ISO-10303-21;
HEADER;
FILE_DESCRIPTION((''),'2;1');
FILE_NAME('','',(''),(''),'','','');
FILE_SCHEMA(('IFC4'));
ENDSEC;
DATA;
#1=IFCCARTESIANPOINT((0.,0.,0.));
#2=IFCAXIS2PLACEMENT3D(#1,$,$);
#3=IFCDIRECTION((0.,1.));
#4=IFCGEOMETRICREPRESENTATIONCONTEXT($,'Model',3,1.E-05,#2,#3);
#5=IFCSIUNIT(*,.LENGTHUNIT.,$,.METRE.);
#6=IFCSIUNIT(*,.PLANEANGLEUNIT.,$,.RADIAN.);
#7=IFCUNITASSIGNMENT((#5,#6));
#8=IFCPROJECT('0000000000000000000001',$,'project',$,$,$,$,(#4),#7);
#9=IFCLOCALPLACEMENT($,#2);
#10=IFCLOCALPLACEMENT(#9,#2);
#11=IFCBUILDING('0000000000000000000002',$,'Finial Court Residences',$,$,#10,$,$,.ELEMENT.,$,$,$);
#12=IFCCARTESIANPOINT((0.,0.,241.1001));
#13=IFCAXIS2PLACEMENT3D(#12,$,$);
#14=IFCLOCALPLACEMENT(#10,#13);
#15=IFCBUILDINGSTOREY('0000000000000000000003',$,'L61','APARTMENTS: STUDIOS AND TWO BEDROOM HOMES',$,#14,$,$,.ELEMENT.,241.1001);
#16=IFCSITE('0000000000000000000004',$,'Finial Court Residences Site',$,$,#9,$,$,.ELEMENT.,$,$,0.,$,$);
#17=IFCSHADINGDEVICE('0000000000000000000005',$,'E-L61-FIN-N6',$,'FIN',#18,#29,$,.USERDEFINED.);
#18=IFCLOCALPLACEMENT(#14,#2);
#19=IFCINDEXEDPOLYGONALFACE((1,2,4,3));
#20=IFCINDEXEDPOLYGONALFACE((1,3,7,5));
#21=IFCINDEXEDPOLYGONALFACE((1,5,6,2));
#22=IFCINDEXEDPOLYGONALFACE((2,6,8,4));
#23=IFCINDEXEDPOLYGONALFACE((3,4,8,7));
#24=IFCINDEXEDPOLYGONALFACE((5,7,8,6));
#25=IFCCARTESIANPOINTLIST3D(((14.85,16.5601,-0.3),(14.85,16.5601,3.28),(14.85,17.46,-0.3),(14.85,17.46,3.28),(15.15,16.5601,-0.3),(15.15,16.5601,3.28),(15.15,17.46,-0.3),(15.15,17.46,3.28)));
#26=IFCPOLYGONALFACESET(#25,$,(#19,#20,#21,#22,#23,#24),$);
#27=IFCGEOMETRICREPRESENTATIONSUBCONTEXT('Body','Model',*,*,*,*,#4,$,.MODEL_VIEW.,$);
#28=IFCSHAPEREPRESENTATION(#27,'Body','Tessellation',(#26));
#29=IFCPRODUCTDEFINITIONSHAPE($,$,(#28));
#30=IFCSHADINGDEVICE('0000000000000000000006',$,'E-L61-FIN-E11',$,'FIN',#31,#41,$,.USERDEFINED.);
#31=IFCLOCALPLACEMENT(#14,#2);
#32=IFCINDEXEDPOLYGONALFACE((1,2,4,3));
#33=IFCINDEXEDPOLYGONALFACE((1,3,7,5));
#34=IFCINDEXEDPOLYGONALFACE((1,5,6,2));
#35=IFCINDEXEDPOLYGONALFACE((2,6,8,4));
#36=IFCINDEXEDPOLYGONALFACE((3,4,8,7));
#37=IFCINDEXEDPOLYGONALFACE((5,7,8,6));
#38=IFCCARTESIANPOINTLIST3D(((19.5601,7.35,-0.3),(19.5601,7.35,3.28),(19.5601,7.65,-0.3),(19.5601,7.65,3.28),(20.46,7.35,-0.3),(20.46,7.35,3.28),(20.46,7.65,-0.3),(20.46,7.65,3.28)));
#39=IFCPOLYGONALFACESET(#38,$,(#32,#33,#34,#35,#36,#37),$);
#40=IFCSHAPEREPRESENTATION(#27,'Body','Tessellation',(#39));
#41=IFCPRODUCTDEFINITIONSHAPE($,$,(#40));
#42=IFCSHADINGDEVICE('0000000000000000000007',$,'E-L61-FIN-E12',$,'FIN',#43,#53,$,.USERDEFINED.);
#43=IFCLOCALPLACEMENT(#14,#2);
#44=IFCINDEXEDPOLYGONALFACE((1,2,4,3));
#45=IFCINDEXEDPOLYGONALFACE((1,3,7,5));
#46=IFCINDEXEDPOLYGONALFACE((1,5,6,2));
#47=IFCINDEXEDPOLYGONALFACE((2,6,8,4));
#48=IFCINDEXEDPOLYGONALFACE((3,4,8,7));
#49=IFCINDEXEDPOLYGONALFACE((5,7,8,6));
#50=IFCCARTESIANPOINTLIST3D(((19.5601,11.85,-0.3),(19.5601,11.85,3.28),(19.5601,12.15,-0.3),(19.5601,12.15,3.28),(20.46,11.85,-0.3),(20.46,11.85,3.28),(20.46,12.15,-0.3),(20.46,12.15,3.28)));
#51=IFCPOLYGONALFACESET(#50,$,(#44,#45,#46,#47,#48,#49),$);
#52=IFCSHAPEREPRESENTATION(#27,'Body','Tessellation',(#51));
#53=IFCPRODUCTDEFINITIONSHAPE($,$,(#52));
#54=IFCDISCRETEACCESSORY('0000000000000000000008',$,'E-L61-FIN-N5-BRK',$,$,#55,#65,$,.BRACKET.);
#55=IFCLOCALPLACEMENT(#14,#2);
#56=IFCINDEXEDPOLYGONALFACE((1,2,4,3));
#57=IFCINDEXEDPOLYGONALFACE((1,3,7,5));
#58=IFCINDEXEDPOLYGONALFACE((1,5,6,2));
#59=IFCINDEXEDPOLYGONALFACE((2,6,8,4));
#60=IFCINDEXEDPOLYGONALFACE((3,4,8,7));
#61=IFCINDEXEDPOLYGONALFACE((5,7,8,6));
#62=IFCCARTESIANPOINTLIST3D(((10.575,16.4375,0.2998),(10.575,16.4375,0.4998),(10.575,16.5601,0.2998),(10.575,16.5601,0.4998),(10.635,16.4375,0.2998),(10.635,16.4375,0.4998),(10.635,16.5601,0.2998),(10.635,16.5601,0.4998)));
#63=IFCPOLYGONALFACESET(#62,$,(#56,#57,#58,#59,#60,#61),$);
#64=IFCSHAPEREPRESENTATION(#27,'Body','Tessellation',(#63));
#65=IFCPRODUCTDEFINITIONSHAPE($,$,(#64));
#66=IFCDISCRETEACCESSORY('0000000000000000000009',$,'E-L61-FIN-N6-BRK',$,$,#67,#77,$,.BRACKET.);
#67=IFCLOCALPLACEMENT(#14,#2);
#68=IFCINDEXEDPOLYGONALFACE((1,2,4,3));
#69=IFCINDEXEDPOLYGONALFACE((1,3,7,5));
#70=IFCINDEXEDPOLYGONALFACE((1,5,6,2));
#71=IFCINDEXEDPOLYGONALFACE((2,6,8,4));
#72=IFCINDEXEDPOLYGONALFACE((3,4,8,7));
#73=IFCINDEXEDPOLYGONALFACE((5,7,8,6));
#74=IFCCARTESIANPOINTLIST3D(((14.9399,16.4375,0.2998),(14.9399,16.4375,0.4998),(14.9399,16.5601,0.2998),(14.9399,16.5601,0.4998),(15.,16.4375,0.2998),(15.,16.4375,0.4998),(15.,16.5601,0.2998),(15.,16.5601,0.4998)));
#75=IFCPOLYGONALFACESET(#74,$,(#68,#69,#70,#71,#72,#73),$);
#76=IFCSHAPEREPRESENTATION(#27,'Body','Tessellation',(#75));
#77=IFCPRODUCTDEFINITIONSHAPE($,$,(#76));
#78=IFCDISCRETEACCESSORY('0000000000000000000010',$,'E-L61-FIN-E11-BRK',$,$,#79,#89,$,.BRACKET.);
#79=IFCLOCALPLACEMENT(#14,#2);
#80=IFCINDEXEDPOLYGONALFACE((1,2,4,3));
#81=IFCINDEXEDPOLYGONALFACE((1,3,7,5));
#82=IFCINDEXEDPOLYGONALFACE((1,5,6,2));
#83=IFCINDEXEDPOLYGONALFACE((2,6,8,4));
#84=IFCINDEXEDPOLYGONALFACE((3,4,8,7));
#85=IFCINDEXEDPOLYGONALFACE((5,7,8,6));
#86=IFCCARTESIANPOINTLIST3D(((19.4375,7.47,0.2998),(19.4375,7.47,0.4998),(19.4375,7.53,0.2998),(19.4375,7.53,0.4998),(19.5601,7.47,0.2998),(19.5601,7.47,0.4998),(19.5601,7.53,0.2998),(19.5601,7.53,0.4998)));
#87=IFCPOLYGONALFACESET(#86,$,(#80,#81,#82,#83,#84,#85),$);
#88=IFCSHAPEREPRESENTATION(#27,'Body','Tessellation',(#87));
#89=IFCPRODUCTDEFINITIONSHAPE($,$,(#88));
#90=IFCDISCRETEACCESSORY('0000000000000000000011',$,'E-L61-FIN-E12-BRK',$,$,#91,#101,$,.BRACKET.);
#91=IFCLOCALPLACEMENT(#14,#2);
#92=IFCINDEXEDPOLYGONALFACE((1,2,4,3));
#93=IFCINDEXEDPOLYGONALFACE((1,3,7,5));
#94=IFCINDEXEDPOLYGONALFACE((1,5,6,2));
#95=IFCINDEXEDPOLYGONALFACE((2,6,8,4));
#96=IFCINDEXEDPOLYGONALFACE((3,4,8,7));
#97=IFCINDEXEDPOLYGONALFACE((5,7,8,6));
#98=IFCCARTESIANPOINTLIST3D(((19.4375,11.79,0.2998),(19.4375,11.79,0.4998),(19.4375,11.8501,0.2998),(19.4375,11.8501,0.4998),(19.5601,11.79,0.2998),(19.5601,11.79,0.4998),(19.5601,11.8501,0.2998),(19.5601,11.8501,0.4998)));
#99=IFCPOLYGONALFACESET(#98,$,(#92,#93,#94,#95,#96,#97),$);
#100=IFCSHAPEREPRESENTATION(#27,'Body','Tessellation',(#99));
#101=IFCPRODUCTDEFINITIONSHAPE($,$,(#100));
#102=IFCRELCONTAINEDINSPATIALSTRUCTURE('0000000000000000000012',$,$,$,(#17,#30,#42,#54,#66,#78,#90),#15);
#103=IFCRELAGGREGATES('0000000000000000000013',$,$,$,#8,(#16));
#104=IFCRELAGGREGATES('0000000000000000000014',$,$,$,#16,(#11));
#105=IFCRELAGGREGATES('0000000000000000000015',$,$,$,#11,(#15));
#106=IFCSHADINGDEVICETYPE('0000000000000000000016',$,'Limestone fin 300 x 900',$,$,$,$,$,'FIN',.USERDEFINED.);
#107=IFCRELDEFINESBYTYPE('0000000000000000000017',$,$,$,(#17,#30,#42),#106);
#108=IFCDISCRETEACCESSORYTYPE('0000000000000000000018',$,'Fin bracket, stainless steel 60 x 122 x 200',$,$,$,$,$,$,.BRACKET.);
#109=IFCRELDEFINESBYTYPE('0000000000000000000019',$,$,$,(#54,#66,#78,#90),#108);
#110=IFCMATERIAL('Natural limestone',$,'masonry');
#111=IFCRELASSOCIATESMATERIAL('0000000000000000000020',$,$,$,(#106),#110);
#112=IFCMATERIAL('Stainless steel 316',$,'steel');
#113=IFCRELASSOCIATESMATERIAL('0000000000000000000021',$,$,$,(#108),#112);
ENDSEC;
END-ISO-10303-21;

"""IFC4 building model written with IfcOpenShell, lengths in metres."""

from ifc_helpers import new_model, si_unit, direction, frame, origin, origin_2d, place, context, subcontext, project, spatial, rectangle, extrude, material, type_object, element, save


model = new_model("IFC4")

# Units and contexts
model_context = context("Model", 3, precision=1e-05, world=origin(), true_north=direction((0.0, 1.0)))
body_context = subcontext(model_context, "Body", "Model", "MODEL_VIEW")
ifc_project = project(units=[si_unit("LENGTHUNIT", "METRE"), si_unit("PLANEANGLEUNIT", "RADIAN")], contexts=[model_context])

# Site, building, storey
site_placement = place(None, origin())
site = spatial("IfcSite", under=ifc_project, at=site_placement, Name="Finial Court Residences Site", CompositionType="ELEMENT", RefElevation=0.0)
building_placement = place(site_placement, origin())
building = spatial("IfcBuilding", under=site, at=building_placement, Name="Finial Court Residences", CompositionType="ELEMENT")
storey_placement = place(building_placement, frame((0.0, 0.0, 241.1001)))
storey = spatial("IfcBuildingStorey", under=building, at=storey_placement, Name="L61", Description="APARTMENTS: STUDIOS AND TWO BEDROOM HOMES", CompositionType="ELEMENT", Elevation=241.1001)

# Shared definitions
ifc_material_1 = material(Name="Natural limestone", Category="masonry")

# Shading devices
shading_device_type = type_object("IfcShadingDeviceType", Name="Limestone fin 300 x 900", ElementType="FIN", PredefinedType="USERDEFINED", material=ifc_material_1)
shading_device_placement = place(storey_placement, frame((15.0, 17.01, -0.3), z_axis=(0.0, 0.0, 1.0), x_axis=(1.0, 0.0, 0.0)))
element("IfcShadingDevice", 1, at=shading_device_placement, inside=storey, type_object=shading_device_type, Name="E-L61-FIN-N6", ObjectType="FIN", PredefinedType="USERDEFINED", context=body_context, shape_type="SweptSolid", body=[
    extrude(rectangle(XDim=0.3, YDim=0.8999, at=origin_2d()), origin(), (0.0, 0.0, 1.0), 3.5801),
])
for number, where, z_axis, x_axis, name in (
    (2, (20.01, 7.5, -0.3), (0.0, 0.0, 1.0), (1.0, 0.0, 0.0), "E-L61-FIN-E11"),
    (3, (20.01, 12.0, -0.3), (0.0, 0.0, 1.0), (1.0, 0.0, 0.0), "E-L61-FIN-E12"),
):
    element("IfcShadingDevice", number, at=place(storey_placement, frame(where, z_axis=z_axis, x_axis=x_axis)), inside=storey, type_object=shading_device_type, Name=name, ObjectType="FIN", PredefinedType="USERDEFINED", context=body_context, shape_type="SweptSolid", body=[
        extrude(rectangle(XDim=0.8999, YDim=0.3, at=origin_2d()), origin(), (0.0, 0.0, 1.0), 3.5801),
    ])

# Discrete accessories
ifc_material_2 = material(Name="Stainless steel 316", Category="steel")
discrete_accessory_type = type_object("IfcDiscreteAccessoryType", Name="Fin bracket, stainless steel 60 x 122 x 200", PredefinedType="BRACKET", material=ifc_material_2)
for number, where, z_axis, x_axis, name in (
    (4, (10.605, 16.4988, 0.2998), (0.0, 0.0, 1.0), (1.0, 0.0, 0.0), "E-L61-FIN-N5-BRK"),
    (5, (14.97, 16.4988, 0.2998), (0.0, 0.0, 1.0), (1.0, 0.0, 0.0), "E-L61-FIN-N6-BRK"),
):
    element("IfcDiscreteAccessory", number, at=place(storey_placement, frame(where, z_axis=z_axis, x_axis=x_axis)), inside=storey, type_object=discrete_accessory_type, Name=name, PredefinedType="BRACKET", context=body_context, shape_type="SweptSolid", body=[
        extrude(rectangle(XDim=0.0601, YDim=0.1226, at=origin_2d()), origin(), (0.0, 0.0, 1.0), 0.2),
    ])
for number, where, z_axis, x_axis, name in (
    (6, (19.4988, 7.5, 0.2998), (0.0, 0.0, 1.0), (1.0, 0.0, 0.0), "E-L61-FIN-E11-BRK"),
    (7, (19.4988, 11.8201, 0.2998), (0.0, 0.0, 1.0), (1.0, 0.0, 0.0), "E-L61-FIN-E12-BRK"),
):
    element("IfcDiscreteAccessory", number, at=place(storey_placement, frame(where, z_axis=z_axis, x_axis=x_axis)), inside=storey, type_object=discrete_accessory_type, Name=name, PredefinedType="BRACKET", context=body_context, shape_type="SweptSolid", body=[
        extrude(rectangle(XDim=0.1226, YDim=0.0601, at=origin_2d()), origin(), (0.0, 0.0, 1.0), 0.2),
    ])

save(model, "model.ifc")
